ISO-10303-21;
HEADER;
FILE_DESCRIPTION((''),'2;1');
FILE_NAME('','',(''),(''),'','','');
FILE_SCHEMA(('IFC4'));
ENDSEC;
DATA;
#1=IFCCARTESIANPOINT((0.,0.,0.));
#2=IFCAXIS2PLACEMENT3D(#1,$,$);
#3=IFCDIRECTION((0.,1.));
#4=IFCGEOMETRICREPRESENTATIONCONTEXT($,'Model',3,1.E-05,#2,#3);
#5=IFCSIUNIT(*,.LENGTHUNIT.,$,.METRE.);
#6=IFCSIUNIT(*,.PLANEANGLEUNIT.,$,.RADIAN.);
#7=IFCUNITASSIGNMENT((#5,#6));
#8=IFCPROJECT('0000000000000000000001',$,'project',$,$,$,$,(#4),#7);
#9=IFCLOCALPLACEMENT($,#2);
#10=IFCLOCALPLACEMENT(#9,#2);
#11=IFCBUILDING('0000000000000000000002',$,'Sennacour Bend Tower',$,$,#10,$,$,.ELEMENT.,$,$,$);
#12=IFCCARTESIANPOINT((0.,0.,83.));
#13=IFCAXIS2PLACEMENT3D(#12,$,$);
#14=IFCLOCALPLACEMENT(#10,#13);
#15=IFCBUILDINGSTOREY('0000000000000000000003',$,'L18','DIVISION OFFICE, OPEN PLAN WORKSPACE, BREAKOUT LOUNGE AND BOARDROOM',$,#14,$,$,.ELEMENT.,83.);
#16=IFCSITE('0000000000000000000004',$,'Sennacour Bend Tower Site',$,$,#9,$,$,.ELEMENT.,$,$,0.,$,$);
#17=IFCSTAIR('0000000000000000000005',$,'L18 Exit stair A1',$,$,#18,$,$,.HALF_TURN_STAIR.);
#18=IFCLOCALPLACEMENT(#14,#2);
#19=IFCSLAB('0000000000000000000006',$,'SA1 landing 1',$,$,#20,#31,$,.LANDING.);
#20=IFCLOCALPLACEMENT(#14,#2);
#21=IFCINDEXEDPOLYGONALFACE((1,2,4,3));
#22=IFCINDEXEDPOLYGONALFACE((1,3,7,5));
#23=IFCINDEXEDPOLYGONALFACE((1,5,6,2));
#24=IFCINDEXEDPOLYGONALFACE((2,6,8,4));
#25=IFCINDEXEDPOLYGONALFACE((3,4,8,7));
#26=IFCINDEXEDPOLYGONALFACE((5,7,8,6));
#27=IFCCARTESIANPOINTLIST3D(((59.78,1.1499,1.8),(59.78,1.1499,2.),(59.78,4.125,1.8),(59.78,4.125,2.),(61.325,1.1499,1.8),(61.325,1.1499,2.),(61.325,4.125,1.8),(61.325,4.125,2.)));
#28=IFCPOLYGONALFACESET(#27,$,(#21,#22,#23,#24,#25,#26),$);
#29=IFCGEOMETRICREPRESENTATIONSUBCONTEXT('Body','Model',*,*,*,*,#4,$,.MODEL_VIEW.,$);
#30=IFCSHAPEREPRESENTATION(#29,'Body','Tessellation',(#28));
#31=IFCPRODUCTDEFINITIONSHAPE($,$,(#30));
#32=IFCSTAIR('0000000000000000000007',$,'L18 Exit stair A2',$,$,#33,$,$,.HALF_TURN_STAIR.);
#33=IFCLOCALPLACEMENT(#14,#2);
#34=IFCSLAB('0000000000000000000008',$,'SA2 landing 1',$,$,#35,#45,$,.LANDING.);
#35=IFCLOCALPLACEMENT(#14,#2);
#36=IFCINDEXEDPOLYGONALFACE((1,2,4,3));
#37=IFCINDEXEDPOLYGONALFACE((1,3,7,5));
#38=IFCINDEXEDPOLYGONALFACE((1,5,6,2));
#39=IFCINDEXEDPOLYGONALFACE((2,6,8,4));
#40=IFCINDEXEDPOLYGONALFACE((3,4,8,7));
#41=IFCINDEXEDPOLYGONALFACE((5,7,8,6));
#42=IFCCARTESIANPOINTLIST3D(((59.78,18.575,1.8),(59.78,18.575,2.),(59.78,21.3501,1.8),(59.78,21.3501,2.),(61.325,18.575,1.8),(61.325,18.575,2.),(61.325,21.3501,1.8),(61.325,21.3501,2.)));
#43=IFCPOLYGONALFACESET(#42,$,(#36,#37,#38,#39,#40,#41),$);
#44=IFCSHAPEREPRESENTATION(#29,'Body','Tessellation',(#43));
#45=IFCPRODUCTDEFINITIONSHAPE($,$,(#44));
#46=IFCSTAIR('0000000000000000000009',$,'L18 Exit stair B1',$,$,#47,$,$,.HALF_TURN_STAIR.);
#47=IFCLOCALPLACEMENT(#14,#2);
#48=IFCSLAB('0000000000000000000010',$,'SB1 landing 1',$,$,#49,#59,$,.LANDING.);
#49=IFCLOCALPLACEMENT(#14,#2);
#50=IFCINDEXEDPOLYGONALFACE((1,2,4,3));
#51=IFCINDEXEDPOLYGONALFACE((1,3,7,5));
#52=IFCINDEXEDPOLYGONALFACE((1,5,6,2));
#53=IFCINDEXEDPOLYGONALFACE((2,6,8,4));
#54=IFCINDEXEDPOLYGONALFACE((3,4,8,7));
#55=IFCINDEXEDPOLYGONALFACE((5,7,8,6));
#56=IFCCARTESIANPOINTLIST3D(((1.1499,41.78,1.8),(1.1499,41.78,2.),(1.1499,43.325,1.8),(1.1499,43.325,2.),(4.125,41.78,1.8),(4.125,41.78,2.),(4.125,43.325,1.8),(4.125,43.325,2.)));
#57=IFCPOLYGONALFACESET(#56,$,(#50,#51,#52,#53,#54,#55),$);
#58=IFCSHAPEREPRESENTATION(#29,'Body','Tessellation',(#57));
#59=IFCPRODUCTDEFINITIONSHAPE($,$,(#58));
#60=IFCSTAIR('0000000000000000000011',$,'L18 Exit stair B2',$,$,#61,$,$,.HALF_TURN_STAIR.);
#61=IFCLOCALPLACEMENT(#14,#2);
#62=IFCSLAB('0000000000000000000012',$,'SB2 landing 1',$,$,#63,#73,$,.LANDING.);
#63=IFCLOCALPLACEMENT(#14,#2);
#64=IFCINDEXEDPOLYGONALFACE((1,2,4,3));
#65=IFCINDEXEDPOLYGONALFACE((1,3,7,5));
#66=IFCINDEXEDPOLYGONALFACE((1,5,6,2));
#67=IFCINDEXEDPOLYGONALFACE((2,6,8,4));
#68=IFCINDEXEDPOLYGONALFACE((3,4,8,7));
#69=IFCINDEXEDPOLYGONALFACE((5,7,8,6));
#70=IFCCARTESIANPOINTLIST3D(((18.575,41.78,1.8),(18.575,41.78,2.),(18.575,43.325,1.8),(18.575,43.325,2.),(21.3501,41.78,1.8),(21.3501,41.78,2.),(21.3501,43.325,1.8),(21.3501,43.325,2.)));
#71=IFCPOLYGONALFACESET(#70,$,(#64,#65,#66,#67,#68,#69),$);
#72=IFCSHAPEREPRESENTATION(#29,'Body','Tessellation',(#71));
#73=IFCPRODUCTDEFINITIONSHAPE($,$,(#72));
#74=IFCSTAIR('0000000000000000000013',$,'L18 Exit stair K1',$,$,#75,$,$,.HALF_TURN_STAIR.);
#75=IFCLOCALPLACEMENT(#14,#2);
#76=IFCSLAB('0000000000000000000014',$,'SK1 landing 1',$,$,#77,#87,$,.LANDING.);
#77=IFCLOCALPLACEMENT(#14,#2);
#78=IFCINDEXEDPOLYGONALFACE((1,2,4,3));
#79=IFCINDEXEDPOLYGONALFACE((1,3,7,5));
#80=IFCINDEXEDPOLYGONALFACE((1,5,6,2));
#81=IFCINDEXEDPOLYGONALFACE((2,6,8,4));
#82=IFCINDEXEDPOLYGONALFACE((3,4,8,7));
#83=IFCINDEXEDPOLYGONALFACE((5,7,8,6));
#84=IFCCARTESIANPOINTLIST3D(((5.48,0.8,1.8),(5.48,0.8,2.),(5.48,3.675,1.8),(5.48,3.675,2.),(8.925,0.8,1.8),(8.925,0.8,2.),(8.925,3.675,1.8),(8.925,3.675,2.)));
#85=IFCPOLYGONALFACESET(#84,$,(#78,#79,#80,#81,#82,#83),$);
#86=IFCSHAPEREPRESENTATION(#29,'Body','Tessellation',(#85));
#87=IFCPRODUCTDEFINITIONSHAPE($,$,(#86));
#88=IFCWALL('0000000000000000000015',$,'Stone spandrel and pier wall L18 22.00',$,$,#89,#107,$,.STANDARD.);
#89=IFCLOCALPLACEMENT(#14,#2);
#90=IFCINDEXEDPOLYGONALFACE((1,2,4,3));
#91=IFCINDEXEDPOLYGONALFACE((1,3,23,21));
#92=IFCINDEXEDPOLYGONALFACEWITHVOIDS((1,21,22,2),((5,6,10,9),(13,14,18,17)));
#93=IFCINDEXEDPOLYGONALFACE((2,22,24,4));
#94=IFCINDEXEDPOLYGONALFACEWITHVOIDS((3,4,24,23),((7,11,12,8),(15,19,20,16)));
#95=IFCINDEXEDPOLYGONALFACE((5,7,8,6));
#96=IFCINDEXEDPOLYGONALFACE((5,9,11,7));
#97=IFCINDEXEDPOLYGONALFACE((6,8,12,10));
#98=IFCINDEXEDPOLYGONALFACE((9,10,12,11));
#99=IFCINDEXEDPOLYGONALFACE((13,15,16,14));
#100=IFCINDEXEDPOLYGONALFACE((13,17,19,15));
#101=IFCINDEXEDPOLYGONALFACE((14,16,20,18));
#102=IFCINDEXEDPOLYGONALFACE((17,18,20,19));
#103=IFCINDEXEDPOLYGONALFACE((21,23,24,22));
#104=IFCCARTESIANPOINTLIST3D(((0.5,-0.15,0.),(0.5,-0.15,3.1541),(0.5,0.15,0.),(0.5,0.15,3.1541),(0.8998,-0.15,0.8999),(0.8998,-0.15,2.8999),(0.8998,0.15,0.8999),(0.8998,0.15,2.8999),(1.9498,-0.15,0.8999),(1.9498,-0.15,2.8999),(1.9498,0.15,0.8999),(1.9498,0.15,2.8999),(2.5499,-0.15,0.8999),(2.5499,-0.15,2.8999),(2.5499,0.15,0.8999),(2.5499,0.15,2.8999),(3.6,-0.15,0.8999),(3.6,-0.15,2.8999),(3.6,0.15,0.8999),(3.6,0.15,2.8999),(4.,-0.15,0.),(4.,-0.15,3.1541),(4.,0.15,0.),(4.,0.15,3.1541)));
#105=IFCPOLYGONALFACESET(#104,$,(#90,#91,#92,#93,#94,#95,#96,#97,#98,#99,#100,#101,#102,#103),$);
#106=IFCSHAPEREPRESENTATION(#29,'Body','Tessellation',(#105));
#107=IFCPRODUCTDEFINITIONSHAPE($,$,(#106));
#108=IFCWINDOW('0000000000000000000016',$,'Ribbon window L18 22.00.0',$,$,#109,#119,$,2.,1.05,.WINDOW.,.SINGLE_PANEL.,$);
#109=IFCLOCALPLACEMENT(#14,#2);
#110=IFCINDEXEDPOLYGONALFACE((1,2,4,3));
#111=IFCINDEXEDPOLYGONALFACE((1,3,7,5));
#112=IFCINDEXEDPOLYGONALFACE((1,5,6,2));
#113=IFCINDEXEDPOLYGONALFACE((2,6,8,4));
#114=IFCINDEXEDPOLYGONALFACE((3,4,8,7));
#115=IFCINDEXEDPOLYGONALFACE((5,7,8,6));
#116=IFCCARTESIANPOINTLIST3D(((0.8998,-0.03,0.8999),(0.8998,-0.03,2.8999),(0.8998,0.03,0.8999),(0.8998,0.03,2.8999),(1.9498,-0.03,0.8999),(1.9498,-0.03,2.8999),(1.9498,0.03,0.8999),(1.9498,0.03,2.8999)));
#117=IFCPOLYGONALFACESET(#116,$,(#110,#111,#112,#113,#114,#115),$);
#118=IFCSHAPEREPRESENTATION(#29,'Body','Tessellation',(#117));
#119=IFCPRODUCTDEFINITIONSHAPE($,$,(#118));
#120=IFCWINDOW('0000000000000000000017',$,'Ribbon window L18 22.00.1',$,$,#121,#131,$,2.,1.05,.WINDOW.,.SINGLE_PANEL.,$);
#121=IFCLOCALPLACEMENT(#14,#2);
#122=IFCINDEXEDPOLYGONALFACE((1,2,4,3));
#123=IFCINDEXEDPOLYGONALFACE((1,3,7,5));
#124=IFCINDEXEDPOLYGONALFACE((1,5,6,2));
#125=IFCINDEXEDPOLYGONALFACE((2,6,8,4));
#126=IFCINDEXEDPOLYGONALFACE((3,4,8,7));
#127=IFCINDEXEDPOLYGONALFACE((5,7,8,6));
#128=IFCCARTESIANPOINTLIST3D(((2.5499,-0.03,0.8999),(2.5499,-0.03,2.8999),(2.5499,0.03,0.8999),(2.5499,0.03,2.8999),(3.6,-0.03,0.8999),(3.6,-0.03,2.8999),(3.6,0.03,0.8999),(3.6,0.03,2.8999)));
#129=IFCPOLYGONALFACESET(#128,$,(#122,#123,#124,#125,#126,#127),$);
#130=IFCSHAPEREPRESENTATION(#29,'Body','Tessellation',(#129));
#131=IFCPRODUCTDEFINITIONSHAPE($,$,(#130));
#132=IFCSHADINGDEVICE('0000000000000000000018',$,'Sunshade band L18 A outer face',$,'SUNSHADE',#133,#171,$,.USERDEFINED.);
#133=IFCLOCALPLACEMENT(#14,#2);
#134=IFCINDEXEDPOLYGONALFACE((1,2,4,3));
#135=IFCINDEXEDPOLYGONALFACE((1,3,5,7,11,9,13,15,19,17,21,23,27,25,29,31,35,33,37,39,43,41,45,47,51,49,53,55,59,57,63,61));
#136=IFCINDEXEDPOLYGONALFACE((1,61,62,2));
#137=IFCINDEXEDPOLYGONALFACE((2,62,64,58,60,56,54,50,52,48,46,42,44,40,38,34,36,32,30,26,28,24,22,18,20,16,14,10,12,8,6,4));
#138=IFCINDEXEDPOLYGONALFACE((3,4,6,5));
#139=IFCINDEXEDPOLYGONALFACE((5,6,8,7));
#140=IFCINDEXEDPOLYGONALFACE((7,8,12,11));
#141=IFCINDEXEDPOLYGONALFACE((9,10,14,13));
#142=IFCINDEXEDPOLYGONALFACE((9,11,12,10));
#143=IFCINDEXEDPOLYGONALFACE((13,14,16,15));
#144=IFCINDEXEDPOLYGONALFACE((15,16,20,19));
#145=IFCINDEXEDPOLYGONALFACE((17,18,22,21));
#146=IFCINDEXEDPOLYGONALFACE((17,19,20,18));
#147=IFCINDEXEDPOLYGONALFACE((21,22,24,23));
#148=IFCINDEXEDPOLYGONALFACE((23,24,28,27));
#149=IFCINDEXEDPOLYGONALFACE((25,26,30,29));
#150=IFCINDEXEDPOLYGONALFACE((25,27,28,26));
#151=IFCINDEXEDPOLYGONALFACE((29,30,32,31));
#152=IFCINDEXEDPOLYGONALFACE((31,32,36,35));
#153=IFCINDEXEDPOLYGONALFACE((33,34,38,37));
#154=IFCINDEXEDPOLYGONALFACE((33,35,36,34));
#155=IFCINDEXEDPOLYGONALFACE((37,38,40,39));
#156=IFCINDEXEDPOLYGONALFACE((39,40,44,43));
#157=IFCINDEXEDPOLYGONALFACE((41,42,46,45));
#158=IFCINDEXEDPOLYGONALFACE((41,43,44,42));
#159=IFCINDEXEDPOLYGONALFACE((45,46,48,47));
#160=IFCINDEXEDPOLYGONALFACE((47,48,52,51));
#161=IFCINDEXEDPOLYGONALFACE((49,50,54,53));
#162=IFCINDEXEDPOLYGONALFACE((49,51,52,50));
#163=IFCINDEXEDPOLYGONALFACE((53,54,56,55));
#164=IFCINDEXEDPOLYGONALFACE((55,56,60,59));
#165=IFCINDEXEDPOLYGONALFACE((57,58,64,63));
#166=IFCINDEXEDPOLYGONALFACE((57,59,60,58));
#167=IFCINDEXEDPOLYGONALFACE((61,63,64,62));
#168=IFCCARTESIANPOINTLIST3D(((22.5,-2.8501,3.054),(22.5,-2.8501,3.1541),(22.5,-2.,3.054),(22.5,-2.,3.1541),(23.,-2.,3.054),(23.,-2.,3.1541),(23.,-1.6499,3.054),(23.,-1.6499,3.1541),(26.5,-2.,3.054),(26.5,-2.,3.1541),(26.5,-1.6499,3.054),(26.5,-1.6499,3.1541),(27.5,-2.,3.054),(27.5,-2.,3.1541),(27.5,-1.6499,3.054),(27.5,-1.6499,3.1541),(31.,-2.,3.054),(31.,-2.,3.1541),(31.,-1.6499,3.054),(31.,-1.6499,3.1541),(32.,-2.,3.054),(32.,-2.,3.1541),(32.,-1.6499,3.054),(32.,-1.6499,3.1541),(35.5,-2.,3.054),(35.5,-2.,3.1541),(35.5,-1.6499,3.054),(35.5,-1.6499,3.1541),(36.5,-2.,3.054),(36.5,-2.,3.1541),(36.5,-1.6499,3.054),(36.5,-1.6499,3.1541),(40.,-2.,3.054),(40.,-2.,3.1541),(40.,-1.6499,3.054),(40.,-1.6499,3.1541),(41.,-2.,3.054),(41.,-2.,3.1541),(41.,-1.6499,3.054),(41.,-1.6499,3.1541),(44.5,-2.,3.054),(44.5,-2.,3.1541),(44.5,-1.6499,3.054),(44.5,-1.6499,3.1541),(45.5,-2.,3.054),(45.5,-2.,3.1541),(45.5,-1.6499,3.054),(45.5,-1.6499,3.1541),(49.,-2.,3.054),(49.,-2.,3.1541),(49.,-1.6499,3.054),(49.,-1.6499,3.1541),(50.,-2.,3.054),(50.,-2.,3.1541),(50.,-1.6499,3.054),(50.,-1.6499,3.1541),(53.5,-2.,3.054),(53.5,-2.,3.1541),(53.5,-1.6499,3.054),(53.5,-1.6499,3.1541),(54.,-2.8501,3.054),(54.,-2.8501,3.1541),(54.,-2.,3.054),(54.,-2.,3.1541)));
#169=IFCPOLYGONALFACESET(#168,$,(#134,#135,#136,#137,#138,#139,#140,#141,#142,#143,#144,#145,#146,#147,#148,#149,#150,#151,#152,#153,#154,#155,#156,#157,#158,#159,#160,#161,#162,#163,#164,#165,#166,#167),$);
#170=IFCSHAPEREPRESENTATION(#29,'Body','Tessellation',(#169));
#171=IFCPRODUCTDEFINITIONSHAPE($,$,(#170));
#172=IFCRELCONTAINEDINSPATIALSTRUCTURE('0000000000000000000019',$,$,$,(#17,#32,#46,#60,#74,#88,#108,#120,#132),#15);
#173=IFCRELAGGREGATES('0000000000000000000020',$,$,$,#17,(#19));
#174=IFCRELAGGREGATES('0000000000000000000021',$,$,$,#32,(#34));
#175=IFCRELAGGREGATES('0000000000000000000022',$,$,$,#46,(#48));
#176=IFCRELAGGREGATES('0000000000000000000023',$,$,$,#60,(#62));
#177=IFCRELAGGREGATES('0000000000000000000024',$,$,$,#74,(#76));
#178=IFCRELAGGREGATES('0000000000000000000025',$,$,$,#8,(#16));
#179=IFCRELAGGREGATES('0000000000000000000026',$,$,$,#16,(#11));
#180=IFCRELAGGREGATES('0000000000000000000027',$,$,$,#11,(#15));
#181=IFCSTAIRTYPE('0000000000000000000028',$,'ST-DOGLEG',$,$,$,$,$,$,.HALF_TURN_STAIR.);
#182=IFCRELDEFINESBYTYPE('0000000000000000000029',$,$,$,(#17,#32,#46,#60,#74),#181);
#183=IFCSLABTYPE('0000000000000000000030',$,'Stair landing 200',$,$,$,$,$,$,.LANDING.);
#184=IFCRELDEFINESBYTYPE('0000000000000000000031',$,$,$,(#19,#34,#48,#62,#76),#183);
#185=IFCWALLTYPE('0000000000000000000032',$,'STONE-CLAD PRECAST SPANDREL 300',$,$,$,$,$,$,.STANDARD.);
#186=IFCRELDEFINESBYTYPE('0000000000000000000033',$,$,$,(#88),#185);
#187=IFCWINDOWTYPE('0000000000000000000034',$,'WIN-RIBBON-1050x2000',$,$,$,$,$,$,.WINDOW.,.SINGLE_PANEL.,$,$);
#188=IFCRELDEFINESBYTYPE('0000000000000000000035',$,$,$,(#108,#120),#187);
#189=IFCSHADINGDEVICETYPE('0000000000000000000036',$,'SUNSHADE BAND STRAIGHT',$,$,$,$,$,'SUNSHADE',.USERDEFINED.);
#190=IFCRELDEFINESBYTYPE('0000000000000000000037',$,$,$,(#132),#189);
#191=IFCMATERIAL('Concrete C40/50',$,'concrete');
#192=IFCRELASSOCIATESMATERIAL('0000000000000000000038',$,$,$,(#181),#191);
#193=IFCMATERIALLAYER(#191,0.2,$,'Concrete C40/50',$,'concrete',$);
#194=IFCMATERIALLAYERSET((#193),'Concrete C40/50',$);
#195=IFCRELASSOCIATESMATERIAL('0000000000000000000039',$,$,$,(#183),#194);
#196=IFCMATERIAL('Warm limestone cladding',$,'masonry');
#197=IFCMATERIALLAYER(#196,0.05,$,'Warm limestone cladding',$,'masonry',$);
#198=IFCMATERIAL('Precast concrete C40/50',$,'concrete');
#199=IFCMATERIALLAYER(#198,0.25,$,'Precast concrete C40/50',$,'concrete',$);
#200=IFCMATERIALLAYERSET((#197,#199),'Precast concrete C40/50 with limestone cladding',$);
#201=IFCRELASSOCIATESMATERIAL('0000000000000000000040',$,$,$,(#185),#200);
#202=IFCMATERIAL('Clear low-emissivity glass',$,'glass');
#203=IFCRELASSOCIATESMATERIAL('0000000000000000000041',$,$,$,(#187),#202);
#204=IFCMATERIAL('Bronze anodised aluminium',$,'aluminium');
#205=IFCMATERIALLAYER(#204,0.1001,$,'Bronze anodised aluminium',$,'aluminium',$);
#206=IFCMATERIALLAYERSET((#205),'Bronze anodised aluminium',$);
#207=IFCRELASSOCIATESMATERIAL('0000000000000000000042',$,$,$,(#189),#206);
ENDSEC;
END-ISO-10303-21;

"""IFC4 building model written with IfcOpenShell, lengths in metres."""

from ifc_helpers import new_model, si_unit, direction, frame, frame_2d, origin, place, context, subcontext, project, spatial, polyline, rectangle, outline, extrude, material, layer, layer_set, type_object, element, fill, aggregate, save


model = new_model("IFC4")

# Units and contexts
model_context = context("Model", 3, precision=1e-05, world=origin(), true_north=direction((0.0, 1.0)))
body_context = subcontext(model_context, "Body", "Model", "MODEL_VIEW")
ifc_project = project(units=[si_unit("LENGTHUNIT", "METRE"), si_unit("PLANEANGLEUNIT", "RADIAN")], contexts=[model_context])

# Site, building, storey
site_placement = place(None, origin())
site = spatial("IfcSite", under=ifc_project, at=site_placement, Name="Sennacour Bend Tower Site", CompositionType="ELEMENT", RefElevation=0.0)
building_placement = place(site_placement, origin())
building = spatial("IfcBuilding", under=site, at=building_placement, Name="Sennacour Bend Tower", CompositionType="ELEMENT")
storey_placement = place(building_placement, frame((0.0, 0.0, 83.0)))
storey = spatial("IfcBuildingStorey", under=building, at=storey_placement, Name="L18", Description="DIVISION OFFICE, OPEN PLAN WORKSPACE, BREAKOUT LOUNGE AND BOARDROOM", CompositionType="ELEMENT", Elevation=83.0)

# Shared definitions
ifc_material_1 = material(Name="Concrete C40/50", Category="concrete")

# Stairs, slabs
stair_type = type_object("IfcStairType", Name="ST-DOGLEG", PredefinedType="HALF_TURN_STAIR", material=ifc_material_1)
stair_1_placement = place(storey_placement, origin())
stair_1 = element("IfcStair", 1, at=stair_1_placement, inside=storey, type_object=stair_type, Name="L18 Exit stair A1", PredefinedType="HALF_TURN_STAIR")
ifc_layer_1 = layer(ifc_material_1, 0.2, Name="Concrete C40/50", Category="concrete")
ifc_layer_set_1 = layer_set([ifc_layer_1], Name="Concrete C40/50")
slab_type_1 = type_object("IfcSlabType", Name="Stair landing 200", PredefinedType="LANDING", material=ifc_layer_set_1)
slab_1_placement = place(storey_placement, frame((0.0, 0.0, 1.8)))
slab_1 = element("IfcSlab", 2, at=slab_1_placement, type_object=slab_type_1, Name="SA1 landing 1", PredefinedType="LANDING", context=body_context, shape_type="SweptSolid", body=[
    extrude(outline(polyline([(59.78, 1.1499), (61.325, 1.1499), (61.325, 4.125), (59.78, 4.125), (59.78, 1.1499)])), origin(), (0.0, 0.0, 1.0), 0.2),
])
aggregate(stair_1, [slab_1])
stair_2_placement = place(storey_placement, origin())
stair_2 = element("IfcStair", 3, at=stair_2_placement, inside=storey, type_object=stair_type, Name="L18 Exit stair A2", PredefinedType="HALF_TURN_STAIR")
slab_2_placement = place(storey_placement, frame((0.0, 0.0, 1.8)))
slab_2 = element("IfcSlab", 4, at=slab_2_placement, type_object=slab_type_1, Name="SA2 landing 1", PredefinedType="LANDING", context=body_context, shape_type="SweptSolid", body=[
    extrude(outline(polyline([(59.78, 18.575), (61.325, 18.575), (61.325, 21.3501), (59.78, 21.3501), (59.78, 18.575)])), origin(), (0.0, 0.0, 1.0), 0.2),
])
aggregate(stair_2, [slab_2])
stair_3_placement = place(storey_placement, origin())
stair_3 = element("IfcStair", 5, at=stair_3_placement, inside=storey, type_object=stair_type, Name="L18 Exit stair B1", PredefinedType="HALF_TURN_STAIR")
slab_3_placement = place(storey_placement, frame((0.0, 0.0, 1.8)))
slab_3 = element("IfcSlab", 6, at=slab_3_placement, type_object=slab_type_1, Name="SB1 landing 1", PredefinedType="LANDING", context=body_context, shape_type="SweptSolid", body=[
    extrude(outline(polyline([(1.1499, 41.78), (4.125, 41.78), (4.125, 43.325), (1.1499, 43.325), (1.1499, 41.78)])), origin(), (0.0, 0.0, 1.0), 0.2),
])
aggregate(stair_3, [slab_3])
stair_4_placement = place(storey_placement, origin())
stair_4 = element("IfcStair", 7, at=stair_4_placement, inside=storey, type_object=stair_type, Name="L18 Exit stair B2", PredefinedType="HALF_TURN_STAIR")
slab_4_placement = place(storey_placement, frame((0.0, 0.0, 1.8)))
slab_4 = element("IfcSlab", 8, at=slab_4_placement, type_object=slab_type_1, Name="SB2 landing 1", PredefinedType="LANDING", context=body_context, shape_type="SweptSolid", body=[
    extrude(outline(polyline([(18.575, 41.78), (21.3501, 41.78), (21.3501, 43.325), (18.575, 43.325), (18.575, 41.78)])), origin(), (0.0, 0.0, 1.0), 0.2),
])
aggregate(stair_4, [slab_4])
stair_5_placement = place(storey_placement, origin())
stair_5 = element("IfcStair", 9, at=stair_5_placement, inside=storey, type_object=stair_type, Name="L18 Exit stair K1", PredefinedType="HALF_TURN_STAIR")
slab_5_placement = place(storey_placement, frame((0.0, 0.0, 1.8)))
slab_5 = element("IfcSlab", 10, at=slab_5_placement, type_object=slab_type_1, Name="SK1 landing 1", PredefinedType="LANDING", context=body_context, shape_type="SweptSolid", body=[
    extrude(outline(polyline([(5.48, 0.8), (8.925, 0.8), (8.925, 3.675), (5.48, 3.675), (5.48, 0.8)])), origin(), (0.0, 0.0, 1.0), 0.2),
])
aggregate(stair_5, [slab_5])

# Wall, openings, windows
ifc_material_2 = material(Name="Warm limestone cladding", Category="masonry")
ifc_layer_2 = layer(ifc_material_2, 0.05, Name="Warm limestone cladding", Category="masonry")
ifc_material_3 = material(Name="Precast concrete C40/50", Category="concrete")
ifc_layer_3 = layer(ifc_material_3, 0.25, Name="Precast concrete C40/50", Category="concrete")
ifc_layer_set_2 = layer_set([ifc_layer_2, ifc_layer_3], Name="Precast concrete C40/50 with limestone cladding")
wall_type = type_object("IfcWallType", Name="STONE-CLAD PRECAST SPANDREL 300", PredefinedType="STANDARD", material=ifc_layer_set_2)
wall_placement = place(storey_placement, frame((0.5, 0.0, 0.0), z_axis=(0.0, 0.0, 1.0), x_axis=(1.0, 0.0, 0.0)))
wall = element("IfcWall", 11, at=wall_placement, inside=storey, type_object=wall_type, Name="Stone spandrel and pier wall L18 22.00", PredefinedType="STANDARD", context=body_context, shape_type="SweptSolid", body=[
    extrude(rectangle(XDim=3.5, YDim=0.3, at=frame_2d((1.75, 0.0))), origin(), (0.0, 0.0, 1.0), 3.1541),
])
opening_1_placement = place(wall_placement, frame((0.3999, 0.0, 0.8999)))
opening_1 = element("IfcOpeningElement", 12, at=opening_1_placement, cuts=wall, PredefinedType="OPENING", context=body_context, shape_type="SweptSolid", body=[
    extrude(rectangle(XDim=1.05, YDim=2.0, at=frame_2d((0.5249, 1.0))), frame((0.0, 0.1602, 0.0), z_axis=(0.0, -1.0, 0.0), x_axis=(1.0, 0.0, 0.0)), (0.0, 0.0, 1.0), 0.3201),
])
opening_2_placement = place(wall_placement, frame((2.05, 0.0, 0.8999)))
opening_2 = element("IfcOpeningElement", 13, at=opening_2_placement, cuts=wall, PredefinedType="OPENING", context=body_context, shape_type="SweptSolid", body=[
    extrude(rectangle(XDim=1.05, YDim=2.0, at=frame_2d((0.5249, 1.0))), frame((0.0, 0.1602, 0.0), z_axis=(0.0, -1.0, 0.0), x_axis=(1.0, 0.0, 0.0)), (0.0, 0.0, 1.0), 0.3201),
])
ifc_material_4 = material(Name="Clear low-emissivity glass", Category="glass")
window_type = type_object("IfcWindowType", Name="WIN-RIBBON-1050x2000", PartitioningType="SINGLE_PANEL", PredefinedType="WINDOW", material=ifc_material_4)
window_1_placement = place(opening_1_placement, origin())
window_1 = element("IfcWindow", 14, at=window_1_placement, inside=storey, type_object=window_type, Name="Ribbon window L18 22.00.0", OverallHeight=2.0, OverallWidth=1.05, PartitioningType="SINGLE_PANEL", PredefinedType="WINDOW", context=body_context, shape_type="SweptSolid", body=[
    extrude(rectangle(XDim=1.05, YDim=2.0, at=frame_2d((0.5249, 1.0))), frame((0.0, 0.03, 0.0), z_axis=(0.0, -1.0, 0.0), x_axis=(1.0, 0.0, 0.0)), (0.0, 0.0, 1.0), 0.0601),
])
fill(opening_1, window_1)
window_2_placement = place(opening_2_placement, origin())
window_2 = element("IfcWindow", 15, at=window_2_placement, inside=storey, type_object=window_type, Name="Ribbon window L18 22.00.1", OverallHeight=2.0, OverallWidth=1.05, PartitioningType="SINGLE_PANEL", PredefinedType="WINDOW", context=body_context, shape_type="SweptSolid", body=[
    extrude(rectangle(XDim=1.05, YDim=2.0, at=frame_2d((0.5249, 1.0))), frame((0.0, 0.03, 0.0), z_axis=(0.0, -1.0, 0.0), x_axis=(1.0, 0.0, 0.0)), (0.0, 0.0, 1.0), 0.0601),
])
fill(opening_2, window_2)

# Shading device
ifc_material_5 = material(Name="Bronze anodised aluminium", Category="aluminium")
ifc_layer_4 = layer(ifc_material_5, 0.1001, Name="Bronze anodised aluminium", Category="aluminium")
ifc_layer_set_3 = layer_set([ifc_layer_4], Name="Bronze anodised aluminium")
shading_device_type_1 = type_object("IfcShadingDeviceType", Name="SUNSHADE BAND STRAIGHT", ElementType="SUNSHADE", PredefinedType="USERDEFINED", material=ifc_layer_set_3)
shading_device_1_placement = place(storey_placement, frame((0.0, 0.0, 3.054)))
element("IfcShadingDevice", 16, at=shading_device_1_placement, inside=storey, type_object=shading_device_type_1, Name="Sunshade band L18 A outer face", ObjectType="SUNSHADE", PredefinedType="USERDEFINED", context=body_context, shape_type="SweptSolid", body=[
    extrude(outline(polyline([(26.5, -1.6499), (26.5, -2.0), (27.5, -2.0), (27.5, -1.6499), (31.0, -1.6499), (31.0, -2.0), (32.0, -2.0), (32.0, -1.6499), (35.5, -1.6499), (35.5, -2.0), (36.5, -2.0), (36.5, -1.6499), (40.0, -1.6499), (40.0, -2.0), (41.0, -2.0), (41.0, -1.6499), (44.5, -1.6499), (44.5, -2.0), (45.5, -2.0), (45.5, -1.6499), (49.0, -1.6499), (49.0, -2.0), (50.0, -2.0), (50.0, -1.6499), (53.5, -1.6499), (53.5, -2.0), (54.0, -2.0), (54.0, -2.8501), (22.5, -2.8501), (22.5, -2.0), (23.0, -2.0), (23.0, -1.6499), (26.5, -1.6499)])), origin(), (0.0, 0.0, 1.0), 0.1001),
])

save(model, "model.ifc")
